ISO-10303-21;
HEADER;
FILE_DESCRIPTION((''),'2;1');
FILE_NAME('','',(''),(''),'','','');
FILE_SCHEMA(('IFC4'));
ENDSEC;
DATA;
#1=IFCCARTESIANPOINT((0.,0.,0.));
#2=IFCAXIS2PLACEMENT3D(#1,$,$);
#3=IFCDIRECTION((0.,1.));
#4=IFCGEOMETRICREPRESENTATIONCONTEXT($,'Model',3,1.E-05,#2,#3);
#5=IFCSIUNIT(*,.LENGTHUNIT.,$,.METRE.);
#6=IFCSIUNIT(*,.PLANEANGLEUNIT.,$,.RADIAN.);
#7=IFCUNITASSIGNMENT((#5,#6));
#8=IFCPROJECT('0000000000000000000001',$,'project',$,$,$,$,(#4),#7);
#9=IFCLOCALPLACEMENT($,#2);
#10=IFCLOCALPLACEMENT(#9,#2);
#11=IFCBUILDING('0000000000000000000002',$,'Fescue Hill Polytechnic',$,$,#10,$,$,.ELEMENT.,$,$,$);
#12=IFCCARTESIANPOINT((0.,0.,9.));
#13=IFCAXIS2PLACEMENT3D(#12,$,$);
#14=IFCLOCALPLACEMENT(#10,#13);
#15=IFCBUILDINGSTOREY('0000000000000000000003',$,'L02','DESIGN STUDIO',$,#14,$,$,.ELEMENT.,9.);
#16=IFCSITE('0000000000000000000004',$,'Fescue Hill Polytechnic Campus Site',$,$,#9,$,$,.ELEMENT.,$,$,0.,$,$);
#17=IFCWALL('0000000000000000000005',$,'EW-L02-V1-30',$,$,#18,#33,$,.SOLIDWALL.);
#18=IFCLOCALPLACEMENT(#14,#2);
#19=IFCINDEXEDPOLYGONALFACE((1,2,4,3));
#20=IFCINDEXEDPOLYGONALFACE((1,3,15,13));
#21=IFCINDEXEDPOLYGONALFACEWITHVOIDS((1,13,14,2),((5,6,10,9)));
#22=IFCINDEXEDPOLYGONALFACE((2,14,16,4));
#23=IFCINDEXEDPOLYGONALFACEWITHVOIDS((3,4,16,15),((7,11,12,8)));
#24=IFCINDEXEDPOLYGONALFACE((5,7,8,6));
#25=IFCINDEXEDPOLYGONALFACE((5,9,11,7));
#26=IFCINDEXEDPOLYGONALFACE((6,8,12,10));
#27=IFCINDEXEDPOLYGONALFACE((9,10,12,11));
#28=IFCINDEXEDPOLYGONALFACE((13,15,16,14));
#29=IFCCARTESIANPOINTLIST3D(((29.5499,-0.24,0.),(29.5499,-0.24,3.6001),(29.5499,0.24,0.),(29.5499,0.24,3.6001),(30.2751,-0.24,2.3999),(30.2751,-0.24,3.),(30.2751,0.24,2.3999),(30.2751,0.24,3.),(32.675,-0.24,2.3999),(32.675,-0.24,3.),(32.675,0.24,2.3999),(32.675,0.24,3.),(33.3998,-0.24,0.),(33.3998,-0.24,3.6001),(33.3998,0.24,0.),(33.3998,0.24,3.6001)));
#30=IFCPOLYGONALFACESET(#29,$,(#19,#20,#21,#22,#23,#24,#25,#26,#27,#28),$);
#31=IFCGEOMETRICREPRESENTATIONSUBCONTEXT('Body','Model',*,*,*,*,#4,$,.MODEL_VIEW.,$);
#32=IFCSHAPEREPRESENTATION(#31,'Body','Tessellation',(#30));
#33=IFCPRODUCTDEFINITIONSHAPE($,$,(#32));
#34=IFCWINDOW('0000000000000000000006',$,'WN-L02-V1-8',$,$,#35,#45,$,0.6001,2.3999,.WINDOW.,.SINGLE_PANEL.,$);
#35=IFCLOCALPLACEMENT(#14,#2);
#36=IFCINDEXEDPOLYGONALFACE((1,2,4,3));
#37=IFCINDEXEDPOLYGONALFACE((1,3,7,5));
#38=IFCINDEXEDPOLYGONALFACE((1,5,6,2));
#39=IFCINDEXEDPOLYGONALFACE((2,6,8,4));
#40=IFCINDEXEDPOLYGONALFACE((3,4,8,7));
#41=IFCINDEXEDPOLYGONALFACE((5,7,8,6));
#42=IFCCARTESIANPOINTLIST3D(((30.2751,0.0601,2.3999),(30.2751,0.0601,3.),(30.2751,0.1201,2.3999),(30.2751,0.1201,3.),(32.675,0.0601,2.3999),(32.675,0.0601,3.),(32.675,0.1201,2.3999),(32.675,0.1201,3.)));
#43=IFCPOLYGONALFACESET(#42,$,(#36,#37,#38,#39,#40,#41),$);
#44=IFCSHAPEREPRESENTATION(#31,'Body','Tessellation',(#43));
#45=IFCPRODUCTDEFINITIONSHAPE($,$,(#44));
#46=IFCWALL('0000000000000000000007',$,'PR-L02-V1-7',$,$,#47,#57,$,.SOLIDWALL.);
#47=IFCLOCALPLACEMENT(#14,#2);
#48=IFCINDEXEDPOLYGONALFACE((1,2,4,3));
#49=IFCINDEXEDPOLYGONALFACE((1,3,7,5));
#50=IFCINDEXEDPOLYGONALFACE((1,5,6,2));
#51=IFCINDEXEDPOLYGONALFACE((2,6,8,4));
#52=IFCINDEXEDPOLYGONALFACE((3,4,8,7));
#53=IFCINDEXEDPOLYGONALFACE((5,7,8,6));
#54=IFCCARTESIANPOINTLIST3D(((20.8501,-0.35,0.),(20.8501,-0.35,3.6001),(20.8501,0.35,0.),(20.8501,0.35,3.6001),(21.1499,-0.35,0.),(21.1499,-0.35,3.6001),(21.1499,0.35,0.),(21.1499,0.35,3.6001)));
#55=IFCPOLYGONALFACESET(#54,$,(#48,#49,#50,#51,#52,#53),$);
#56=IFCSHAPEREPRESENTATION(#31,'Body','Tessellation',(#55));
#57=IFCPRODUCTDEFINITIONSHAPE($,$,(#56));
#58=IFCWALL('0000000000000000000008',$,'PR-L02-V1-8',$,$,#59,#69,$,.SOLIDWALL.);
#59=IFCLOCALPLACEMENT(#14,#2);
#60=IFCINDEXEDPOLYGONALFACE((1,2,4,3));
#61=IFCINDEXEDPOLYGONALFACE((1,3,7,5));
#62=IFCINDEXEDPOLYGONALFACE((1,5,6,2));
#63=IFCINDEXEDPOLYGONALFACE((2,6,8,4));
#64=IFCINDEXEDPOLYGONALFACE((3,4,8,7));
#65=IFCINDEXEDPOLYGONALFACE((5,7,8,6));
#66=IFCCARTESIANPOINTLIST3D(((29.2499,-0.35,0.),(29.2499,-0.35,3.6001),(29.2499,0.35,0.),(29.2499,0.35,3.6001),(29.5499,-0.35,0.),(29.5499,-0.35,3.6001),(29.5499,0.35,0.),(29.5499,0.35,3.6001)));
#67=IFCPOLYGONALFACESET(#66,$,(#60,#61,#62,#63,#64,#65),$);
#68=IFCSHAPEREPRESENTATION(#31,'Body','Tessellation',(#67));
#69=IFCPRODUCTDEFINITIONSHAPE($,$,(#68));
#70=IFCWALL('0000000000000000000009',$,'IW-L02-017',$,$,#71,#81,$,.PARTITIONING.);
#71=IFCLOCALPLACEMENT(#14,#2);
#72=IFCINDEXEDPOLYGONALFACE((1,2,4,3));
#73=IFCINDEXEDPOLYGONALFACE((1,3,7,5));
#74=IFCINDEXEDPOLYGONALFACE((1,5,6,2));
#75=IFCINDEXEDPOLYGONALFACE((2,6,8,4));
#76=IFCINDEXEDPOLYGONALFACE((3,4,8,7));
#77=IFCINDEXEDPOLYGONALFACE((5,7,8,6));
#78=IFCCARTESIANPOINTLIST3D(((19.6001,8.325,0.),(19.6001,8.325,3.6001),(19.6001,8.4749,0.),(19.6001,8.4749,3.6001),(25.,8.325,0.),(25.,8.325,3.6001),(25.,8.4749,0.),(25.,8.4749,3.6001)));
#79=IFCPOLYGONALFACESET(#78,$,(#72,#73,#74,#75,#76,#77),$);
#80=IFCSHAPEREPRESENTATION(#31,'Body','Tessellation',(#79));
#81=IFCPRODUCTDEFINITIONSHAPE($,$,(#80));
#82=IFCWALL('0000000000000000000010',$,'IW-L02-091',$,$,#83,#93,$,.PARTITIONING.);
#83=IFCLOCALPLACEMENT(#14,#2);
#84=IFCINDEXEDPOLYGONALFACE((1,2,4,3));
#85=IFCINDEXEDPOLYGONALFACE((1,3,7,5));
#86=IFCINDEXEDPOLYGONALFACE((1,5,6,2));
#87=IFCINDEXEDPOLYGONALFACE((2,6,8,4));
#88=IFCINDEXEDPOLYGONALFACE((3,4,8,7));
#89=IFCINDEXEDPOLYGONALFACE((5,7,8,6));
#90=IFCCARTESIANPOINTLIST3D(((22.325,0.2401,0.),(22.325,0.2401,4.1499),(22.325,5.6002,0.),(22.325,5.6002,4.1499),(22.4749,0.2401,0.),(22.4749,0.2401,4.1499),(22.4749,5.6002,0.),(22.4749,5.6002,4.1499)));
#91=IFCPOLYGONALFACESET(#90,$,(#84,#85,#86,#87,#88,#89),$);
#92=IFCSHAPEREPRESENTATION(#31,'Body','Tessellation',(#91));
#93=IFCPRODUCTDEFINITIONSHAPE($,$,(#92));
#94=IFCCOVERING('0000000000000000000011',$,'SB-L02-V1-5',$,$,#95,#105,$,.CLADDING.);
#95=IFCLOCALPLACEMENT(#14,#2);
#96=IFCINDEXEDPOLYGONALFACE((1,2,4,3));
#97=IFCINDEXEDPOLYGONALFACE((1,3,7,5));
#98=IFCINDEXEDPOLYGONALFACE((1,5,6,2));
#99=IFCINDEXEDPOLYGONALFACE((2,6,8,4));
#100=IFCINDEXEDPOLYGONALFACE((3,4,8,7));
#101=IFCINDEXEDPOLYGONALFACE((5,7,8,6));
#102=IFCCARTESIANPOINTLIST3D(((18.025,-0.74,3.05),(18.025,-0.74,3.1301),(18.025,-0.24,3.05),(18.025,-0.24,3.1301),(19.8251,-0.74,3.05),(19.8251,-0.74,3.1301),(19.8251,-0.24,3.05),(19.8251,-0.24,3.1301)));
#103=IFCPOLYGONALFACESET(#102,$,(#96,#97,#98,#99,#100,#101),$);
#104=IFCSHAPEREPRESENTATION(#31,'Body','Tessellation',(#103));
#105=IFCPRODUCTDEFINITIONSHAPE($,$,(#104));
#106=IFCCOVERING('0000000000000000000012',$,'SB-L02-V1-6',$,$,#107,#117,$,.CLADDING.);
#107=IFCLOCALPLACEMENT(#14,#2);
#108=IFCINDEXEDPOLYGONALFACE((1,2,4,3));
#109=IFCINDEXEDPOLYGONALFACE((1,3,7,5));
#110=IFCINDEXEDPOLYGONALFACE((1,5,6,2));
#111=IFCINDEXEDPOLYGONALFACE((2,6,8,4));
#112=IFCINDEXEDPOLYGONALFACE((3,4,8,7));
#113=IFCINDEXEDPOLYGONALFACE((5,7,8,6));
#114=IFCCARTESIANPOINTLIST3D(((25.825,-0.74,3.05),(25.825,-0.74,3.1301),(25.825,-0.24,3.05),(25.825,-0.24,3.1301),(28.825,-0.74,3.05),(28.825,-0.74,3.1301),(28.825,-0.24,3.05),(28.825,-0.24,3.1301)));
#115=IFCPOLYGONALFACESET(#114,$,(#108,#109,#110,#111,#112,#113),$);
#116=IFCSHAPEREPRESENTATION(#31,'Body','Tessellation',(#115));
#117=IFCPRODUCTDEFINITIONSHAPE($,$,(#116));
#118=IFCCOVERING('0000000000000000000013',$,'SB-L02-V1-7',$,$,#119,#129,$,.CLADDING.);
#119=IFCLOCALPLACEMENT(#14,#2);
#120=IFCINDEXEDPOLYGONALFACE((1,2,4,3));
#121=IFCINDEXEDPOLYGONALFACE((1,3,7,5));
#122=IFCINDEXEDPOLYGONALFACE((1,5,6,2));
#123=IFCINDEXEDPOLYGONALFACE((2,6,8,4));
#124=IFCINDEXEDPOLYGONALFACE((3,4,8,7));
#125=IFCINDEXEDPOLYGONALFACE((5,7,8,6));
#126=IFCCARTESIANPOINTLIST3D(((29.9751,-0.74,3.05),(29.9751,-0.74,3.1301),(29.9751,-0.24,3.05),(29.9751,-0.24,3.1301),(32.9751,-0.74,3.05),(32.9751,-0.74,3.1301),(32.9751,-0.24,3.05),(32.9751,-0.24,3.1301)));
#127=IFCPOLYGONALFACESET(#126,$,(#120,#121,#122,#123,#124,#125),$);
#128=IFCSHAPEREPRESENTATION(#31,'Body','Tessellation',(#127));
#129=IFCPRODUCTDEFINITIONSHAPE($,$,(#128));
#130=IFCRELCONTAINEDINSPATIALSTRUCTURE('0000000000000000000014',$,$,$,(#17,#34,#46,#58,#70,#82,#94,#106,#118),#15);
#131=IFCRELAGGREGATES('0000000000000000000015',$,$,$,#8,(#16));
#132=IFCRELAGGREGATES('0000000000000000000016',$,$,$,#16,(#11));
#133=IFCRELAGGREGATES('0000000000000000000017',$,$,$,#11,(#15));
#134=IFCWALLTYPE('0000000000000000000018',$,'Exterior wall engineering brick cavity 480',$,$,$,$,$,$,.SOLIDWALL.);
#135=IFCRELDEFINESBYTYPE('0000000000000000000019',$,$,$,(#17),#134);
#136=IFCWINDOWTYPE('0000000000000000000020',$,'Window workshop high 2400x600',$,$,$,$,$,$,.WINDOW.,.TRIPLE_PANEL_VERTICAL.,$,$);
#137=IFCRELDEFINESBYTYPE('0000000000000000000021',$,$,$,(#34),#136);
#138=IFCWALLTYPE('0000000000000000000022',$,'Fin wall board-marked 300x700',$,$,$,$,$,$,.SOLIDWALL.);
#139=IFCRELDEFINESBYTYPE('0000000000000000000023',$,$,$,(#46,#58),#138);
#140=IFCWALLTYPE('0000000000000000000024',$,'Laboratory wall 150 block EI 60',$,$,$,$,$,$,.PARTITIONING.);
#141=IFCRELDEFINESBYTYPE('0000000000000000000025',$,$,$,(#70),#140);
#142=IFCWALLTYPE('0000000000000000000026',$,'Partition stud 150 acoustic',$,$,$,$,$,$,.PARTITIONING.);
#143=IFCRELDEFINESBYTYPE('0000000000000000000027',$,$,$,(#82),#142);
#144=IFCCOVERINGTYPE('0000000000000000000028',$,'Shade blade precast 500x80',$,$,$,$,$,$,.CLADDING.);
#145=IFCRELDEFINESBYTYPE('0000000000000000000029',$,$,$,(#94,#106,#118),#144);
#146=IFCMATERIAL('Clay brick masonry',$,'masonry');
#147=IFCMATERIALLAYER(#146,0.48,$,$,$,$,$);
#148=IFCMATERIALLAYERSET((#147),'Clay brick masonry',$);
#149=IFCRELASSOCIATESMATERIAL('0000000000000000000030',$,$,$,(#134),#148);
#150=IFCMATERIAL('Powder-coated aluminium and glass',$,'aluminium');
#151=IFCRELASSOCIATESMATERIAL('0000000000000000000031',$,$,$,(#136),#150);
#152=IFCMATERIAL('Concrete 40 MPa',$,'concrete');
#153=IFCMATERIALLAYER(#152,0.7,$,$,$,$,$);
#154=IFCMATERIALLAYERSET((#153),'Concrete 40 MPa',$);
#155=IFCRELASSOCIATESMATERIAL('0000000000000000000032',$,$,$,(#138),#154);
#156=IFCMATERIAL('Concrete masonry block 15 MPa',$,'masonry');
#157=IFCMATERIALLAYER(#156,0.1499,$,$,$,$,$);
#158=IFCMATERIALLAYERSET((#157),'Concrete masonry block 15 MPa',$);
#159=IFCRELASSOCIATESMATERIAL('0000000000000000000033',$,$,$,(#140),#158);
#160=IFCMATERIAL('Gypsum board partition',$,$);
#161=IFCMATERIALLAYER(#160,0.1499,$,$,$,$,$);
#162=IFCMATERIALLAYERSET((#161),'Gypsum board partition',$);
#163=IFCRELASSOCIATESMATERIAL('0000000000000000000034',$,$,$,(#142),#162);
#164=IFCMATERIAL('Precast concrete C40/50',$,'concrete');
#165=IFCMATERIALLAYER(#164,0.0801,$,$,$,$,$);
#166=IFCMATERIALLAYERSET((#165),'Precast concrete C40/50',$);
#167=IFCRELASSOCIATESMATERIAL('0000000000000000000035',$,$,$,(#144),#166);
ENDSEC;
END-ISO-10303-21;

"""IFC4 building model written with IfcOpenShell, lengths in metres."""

from ifc_helpers import new_model, si_unit, direction, frame, frame_2d, origin, origin_2d, place, context, subcontext, project, spatial, rectangle, extrude, material, layer, layer_set, type_object, element, fill, save


model = new_model("IFC4")

# Units and contexts
model_context = context("Model", 3, precision=1e-05, world=origin(), true_north=direction((0.0, 1.0)))
body_context = subcontext(model_context, "Body", "Model", "MODEL_VIEW")
ifc_project = project(units=[si_unit("LENGTHUNIT", "METRE"), si_unit("PLANEANGLEUNIT", "RADIAN")], contexts=[model_context])

# Site, building, storey
site_placement = place(None, origin())
site = spatial("IfcSite", under=ifc_project, at=site_placement, Name="Fescue Hill Polytechnic Campus Site", CompositionType="ELEMENT", RefElevation=0.0)
building_placement = place(site_placement, origin())
building = spatial("IfcBuilding", under=site, at=building_placement, Name="Fescue Hill Polytechnic", CompositionType="ELEMENT")
storey_placement = place(building_placement, frame((0.0, 0.0, 9.0)))
storey = spatial("IfcBuildingStorey", under=building, at=storey_placement, Name="L02", Description="DESIGN STUDIO", CompositionType="ELEMENT", Elevation=9.0)

# Shared definitions
ifc_material_1 = material(Name="Concrete 40 MPa", Category="concrete")

# Shared definitions
ifc_material_2 = material(Name="Gypsum board partition")

# Shared definitions
ifc_material_3 = material(Name="Clay brick masonry", Category="masonry")
ifc_layer_1 = layer(ifc_material_3, 0.48)
ifc_layer_set_1 = layer_set([ifc_layer_1], Name="Clay brick masonry")
wall_type_1 = type_object("IfcWallType", Name="Exterior wall engineering brick cavity 480", PredefinedType="SOLIDWALL", material=ifc_layer_set_1)
ifc_material_4 = material(Name="Powder-coated aluminium and glass", Category="aluminium")

# Wall, opening, window
window_type_1 = type_object("IfcWindowType", Name="Window workshop high 2400x600", PartitioningType="TRIPLE_PANEL_VERTICAL", PredefinedType="WINDOW", material=ifc_material_4)
wall_1_placement = place(storey_placement, frame((29.55, 0.0, 0.0), z_axis=(0.0, 0.0, 1.0), x_axis=(1.0, 0.0, 0.0)))
wall_1 = element("IfcWall", 1, at=wall_1_placement, inside=storey, type_object=wall_type_1, Name="EW-L02-V1-30", PredefinedType="SOLIDWALL", context=body_context, shape_type="SweptSolid", body=[
    extrude(rectangle(XDim=3.8499, YDim=0.48, at=frame_2d((1.9248, 0.0))), origin(), (0.0, 0.0, 1.0), 3.6001),
])
opening_1_placement = place(wall_1_placement, frame((0.7251, 0.0, 2.3999)))
opening_1 = element("IfcOpeningElement", 2, at=opening_1_placement, cuts=wall_1, PredefinedType="OPENING", context=body_context, shape_type="SweptSolid", body=[
    extrude(rectangle(XDim=2.3999, YDim=0.6001, at=frame_2d((1.2, 0.3))), frame((0.0, 0.25, 0.0), z_axis=(0.0, -1.0, 0.0), x_axis=(1.0, 0.0, 0.0)), (0.0, 0.0, 1.0), 0.5),
])
window_1_placement = place(opening_1_placement, origin())
window_1 = element("IfcWindow", 3, at=window_1_placement, inside=storey, type_object=window_type_1, Name="WN-L02-V1-8", OverallHeight=0.6001, OverallWidth=2.3999, PartitioningType="SINGLE_PANEL", PredefinedType="WINDOW", context=body_context, shape_type="SweptSolid", body=[
    extrude(rectangle(XDim=2.3999, YDim=0.6001, at=frame_2d((1.2, 0.3))), frame((0.0, 0.1201, 0.0), z_axis=(0.0, -1.0, 0.0), x_axis=(1.0, 0.0, 0.0)), (0.0, 0.0, 1.0), 0.0601),
])
fill(opening_1, window_1)

# Walls
ifc_layer_2 = layer(ifc_material_1, 0.7)
ifc_layer_set_2 = layer_set([ifc_layer_2], Name="Concrete 40 MPa")
wall_type_2 = type_object("IfcWallType", Name="Fin wall board-marked 300x700", PredefinedType="SOLIDWALL", material=ifc_layer_set_2)
wall_2_placement = place(storey_placement, frame((20.8501, 0.0, 0.0), z_axis=(0.0, 0.0, 1.0), x_axis=(1.0, 0.0, 0.0)))
element("IfcWall", 4, at=wall_2_placement, inside=storey, type_object=wall_type_2, Name="PR-L02-V1-7", PredefinedType="SOLIDWALL", context=body_context, shape_type="SweptSolid", body=[
    extrude(rectangle(XDim=0.2998, YDim=0.7, at=frame_2d((0.1499, 0.0))), origin(), (0.0, 0.0, 1.0), 3.6001),
])
wall_3_placement = place(storey_placement, frame((29.25, 0.0, 0.0), z_axis=(0.0, 0.0, 1.0), x_axis=(1.0, 0.0, 0.0)))
element("IfcWall", 5, at=wall_3_placement, inside=storey, type_object=wall_type_2, Name="PR-L02-V1-8", PredefinedType="SOLIDWALL", context=body_context, shape_type="SweptSolid", body=[
    extrude(rectangle(XDim=0.3, YDim=0.7, at=frame_2d((0.1499, 0.0))), origin(), (0.0, 0.0, 1.0), 3.6001),
])
ifc_material_5 = material(Name="Concrete masonry block 15 MPa", Category="masonry")
ifc_layer_3 = layer(ifc_material_5, 0.1499)
ifc_layer_set_3 = layer_set([ifc_layer_3], Name="Concrete masonry block 15 MPa")
wall_type_3 = type_object("IfcWallType", Name="Laboratory wall 150 block EI 60", PredefinedType="PARTITIONING", material=ifc_layer_set_3)
wall_4_placement = place(storey_placement, frame((19.6001, 8.3999, 0.0), z_axis=(0.0, 0.0, 1.0), x_axis=(1.0, 0.0, 0.0)))
element("IfcWall", 6, at=wall_4_placement, inside=storey, type_object=wall_type_3, Name="IW-L02-017", PredefinedType="PARTITIONING", context=body_context, shape_type="SweptSolid", body=[
    extrude(rectangle(XDim=5.3999, YDim=0.1499, at=frame_2d((2.7, 0.0))), origin(), (0.0, 0.0, 1.0), 3.6001),
])
ifc_layer_4 = layer(ifc_material_2, 0.1499)
ifc_layer_set_4 = layer_set([ifc_layer_4], Name="Gypsum board partition")
wall_type_4 = type_object("IfcWallType", Name="Partition stud 150 acoustic", PredefinedType="PARTITIONING", material=ifc_layer_set_4)
wall_5_placement = place(storey_placement, frame((22.3999, 0.24, 0.0), z_axis=(0.0, 0.0, 1.0), x_axis=(0.0, 1.0, 0.0)))
element("IfcWall", 7, at=wall_5_placement, inside=storey, type_object=wall_type_4, Name="IW-L02-091", PredefinedType="PARTITIONING", context=body_context, shape_type="SweptSolid", body=[
    extrude(rectangle(XDim=5.3601, YDim=0.1499, at=frame_2d((2.6802, 0.0))), origin(), (0.0, 0.0, 1.0), 4.1499),
])

# Coverings
ifc_material_6 = material(Name="Precast concrete C40/50", Category="concrete")
ifc_layer_5 = layer(ifc_material_6, 0.0801)
ifc_layer_set_5 = layer_set([ifc_layer_5], Name="Precast concrete C40/50")
covering_type = type_object("IfcCoveringType", Name="Shade blade precast 500x80", PredefinedType="CLADDING", material=ifc_layer_set_5)
covering_placement = place(storey_placement, frame((18.925, -0.49, 3.05), z_axis=(0.0, 0.0, 1.0), x_axis=(1.0, 0.0, 0.0)))
element("IfcCovering", 8, at=covering_placement, inside=storey, type_object=covering_type, Name="SB-L02-V1-5", PredefinedType="CLADDING", context=body_context, shape_type="SweptSolid", body=[
    extrude(rectangle(XDim=1.8, YDim=0.5, at=origin_2d()), origin(), (0.0, 0.0, 1.0), 0.0801),
])
for number, where, z_axis, x_axis, name in (
    (9, (27.325, -0.49, 3.05), (0.0, 0.0, 1.0), (1.0, 0.0, 0.0), "SB-L02-V1-6"),
    (10, (31.4751, -0.49, 3.05), (0.0, 0.0, 1.0), (1.0, 0.0, 0.0), "SB-L02-V1-7"),
):
    element("IfcCovering", number, at=place(storey_placement, frame(where, z_axis=z_axis, x_axis=x_axis)), inside=storey, type_object=covering_type, Name=name, PredefinedType="CLADDING", context=body_context, shape_type="SweptSolid", body=[
        extrude(rectangle(XDim=3.0, YDim=0.5, at=origin_2d()), origin(), (0.0, 0.0, 1.0), 0.0801),
    ])

save(model, "model.ifc")
